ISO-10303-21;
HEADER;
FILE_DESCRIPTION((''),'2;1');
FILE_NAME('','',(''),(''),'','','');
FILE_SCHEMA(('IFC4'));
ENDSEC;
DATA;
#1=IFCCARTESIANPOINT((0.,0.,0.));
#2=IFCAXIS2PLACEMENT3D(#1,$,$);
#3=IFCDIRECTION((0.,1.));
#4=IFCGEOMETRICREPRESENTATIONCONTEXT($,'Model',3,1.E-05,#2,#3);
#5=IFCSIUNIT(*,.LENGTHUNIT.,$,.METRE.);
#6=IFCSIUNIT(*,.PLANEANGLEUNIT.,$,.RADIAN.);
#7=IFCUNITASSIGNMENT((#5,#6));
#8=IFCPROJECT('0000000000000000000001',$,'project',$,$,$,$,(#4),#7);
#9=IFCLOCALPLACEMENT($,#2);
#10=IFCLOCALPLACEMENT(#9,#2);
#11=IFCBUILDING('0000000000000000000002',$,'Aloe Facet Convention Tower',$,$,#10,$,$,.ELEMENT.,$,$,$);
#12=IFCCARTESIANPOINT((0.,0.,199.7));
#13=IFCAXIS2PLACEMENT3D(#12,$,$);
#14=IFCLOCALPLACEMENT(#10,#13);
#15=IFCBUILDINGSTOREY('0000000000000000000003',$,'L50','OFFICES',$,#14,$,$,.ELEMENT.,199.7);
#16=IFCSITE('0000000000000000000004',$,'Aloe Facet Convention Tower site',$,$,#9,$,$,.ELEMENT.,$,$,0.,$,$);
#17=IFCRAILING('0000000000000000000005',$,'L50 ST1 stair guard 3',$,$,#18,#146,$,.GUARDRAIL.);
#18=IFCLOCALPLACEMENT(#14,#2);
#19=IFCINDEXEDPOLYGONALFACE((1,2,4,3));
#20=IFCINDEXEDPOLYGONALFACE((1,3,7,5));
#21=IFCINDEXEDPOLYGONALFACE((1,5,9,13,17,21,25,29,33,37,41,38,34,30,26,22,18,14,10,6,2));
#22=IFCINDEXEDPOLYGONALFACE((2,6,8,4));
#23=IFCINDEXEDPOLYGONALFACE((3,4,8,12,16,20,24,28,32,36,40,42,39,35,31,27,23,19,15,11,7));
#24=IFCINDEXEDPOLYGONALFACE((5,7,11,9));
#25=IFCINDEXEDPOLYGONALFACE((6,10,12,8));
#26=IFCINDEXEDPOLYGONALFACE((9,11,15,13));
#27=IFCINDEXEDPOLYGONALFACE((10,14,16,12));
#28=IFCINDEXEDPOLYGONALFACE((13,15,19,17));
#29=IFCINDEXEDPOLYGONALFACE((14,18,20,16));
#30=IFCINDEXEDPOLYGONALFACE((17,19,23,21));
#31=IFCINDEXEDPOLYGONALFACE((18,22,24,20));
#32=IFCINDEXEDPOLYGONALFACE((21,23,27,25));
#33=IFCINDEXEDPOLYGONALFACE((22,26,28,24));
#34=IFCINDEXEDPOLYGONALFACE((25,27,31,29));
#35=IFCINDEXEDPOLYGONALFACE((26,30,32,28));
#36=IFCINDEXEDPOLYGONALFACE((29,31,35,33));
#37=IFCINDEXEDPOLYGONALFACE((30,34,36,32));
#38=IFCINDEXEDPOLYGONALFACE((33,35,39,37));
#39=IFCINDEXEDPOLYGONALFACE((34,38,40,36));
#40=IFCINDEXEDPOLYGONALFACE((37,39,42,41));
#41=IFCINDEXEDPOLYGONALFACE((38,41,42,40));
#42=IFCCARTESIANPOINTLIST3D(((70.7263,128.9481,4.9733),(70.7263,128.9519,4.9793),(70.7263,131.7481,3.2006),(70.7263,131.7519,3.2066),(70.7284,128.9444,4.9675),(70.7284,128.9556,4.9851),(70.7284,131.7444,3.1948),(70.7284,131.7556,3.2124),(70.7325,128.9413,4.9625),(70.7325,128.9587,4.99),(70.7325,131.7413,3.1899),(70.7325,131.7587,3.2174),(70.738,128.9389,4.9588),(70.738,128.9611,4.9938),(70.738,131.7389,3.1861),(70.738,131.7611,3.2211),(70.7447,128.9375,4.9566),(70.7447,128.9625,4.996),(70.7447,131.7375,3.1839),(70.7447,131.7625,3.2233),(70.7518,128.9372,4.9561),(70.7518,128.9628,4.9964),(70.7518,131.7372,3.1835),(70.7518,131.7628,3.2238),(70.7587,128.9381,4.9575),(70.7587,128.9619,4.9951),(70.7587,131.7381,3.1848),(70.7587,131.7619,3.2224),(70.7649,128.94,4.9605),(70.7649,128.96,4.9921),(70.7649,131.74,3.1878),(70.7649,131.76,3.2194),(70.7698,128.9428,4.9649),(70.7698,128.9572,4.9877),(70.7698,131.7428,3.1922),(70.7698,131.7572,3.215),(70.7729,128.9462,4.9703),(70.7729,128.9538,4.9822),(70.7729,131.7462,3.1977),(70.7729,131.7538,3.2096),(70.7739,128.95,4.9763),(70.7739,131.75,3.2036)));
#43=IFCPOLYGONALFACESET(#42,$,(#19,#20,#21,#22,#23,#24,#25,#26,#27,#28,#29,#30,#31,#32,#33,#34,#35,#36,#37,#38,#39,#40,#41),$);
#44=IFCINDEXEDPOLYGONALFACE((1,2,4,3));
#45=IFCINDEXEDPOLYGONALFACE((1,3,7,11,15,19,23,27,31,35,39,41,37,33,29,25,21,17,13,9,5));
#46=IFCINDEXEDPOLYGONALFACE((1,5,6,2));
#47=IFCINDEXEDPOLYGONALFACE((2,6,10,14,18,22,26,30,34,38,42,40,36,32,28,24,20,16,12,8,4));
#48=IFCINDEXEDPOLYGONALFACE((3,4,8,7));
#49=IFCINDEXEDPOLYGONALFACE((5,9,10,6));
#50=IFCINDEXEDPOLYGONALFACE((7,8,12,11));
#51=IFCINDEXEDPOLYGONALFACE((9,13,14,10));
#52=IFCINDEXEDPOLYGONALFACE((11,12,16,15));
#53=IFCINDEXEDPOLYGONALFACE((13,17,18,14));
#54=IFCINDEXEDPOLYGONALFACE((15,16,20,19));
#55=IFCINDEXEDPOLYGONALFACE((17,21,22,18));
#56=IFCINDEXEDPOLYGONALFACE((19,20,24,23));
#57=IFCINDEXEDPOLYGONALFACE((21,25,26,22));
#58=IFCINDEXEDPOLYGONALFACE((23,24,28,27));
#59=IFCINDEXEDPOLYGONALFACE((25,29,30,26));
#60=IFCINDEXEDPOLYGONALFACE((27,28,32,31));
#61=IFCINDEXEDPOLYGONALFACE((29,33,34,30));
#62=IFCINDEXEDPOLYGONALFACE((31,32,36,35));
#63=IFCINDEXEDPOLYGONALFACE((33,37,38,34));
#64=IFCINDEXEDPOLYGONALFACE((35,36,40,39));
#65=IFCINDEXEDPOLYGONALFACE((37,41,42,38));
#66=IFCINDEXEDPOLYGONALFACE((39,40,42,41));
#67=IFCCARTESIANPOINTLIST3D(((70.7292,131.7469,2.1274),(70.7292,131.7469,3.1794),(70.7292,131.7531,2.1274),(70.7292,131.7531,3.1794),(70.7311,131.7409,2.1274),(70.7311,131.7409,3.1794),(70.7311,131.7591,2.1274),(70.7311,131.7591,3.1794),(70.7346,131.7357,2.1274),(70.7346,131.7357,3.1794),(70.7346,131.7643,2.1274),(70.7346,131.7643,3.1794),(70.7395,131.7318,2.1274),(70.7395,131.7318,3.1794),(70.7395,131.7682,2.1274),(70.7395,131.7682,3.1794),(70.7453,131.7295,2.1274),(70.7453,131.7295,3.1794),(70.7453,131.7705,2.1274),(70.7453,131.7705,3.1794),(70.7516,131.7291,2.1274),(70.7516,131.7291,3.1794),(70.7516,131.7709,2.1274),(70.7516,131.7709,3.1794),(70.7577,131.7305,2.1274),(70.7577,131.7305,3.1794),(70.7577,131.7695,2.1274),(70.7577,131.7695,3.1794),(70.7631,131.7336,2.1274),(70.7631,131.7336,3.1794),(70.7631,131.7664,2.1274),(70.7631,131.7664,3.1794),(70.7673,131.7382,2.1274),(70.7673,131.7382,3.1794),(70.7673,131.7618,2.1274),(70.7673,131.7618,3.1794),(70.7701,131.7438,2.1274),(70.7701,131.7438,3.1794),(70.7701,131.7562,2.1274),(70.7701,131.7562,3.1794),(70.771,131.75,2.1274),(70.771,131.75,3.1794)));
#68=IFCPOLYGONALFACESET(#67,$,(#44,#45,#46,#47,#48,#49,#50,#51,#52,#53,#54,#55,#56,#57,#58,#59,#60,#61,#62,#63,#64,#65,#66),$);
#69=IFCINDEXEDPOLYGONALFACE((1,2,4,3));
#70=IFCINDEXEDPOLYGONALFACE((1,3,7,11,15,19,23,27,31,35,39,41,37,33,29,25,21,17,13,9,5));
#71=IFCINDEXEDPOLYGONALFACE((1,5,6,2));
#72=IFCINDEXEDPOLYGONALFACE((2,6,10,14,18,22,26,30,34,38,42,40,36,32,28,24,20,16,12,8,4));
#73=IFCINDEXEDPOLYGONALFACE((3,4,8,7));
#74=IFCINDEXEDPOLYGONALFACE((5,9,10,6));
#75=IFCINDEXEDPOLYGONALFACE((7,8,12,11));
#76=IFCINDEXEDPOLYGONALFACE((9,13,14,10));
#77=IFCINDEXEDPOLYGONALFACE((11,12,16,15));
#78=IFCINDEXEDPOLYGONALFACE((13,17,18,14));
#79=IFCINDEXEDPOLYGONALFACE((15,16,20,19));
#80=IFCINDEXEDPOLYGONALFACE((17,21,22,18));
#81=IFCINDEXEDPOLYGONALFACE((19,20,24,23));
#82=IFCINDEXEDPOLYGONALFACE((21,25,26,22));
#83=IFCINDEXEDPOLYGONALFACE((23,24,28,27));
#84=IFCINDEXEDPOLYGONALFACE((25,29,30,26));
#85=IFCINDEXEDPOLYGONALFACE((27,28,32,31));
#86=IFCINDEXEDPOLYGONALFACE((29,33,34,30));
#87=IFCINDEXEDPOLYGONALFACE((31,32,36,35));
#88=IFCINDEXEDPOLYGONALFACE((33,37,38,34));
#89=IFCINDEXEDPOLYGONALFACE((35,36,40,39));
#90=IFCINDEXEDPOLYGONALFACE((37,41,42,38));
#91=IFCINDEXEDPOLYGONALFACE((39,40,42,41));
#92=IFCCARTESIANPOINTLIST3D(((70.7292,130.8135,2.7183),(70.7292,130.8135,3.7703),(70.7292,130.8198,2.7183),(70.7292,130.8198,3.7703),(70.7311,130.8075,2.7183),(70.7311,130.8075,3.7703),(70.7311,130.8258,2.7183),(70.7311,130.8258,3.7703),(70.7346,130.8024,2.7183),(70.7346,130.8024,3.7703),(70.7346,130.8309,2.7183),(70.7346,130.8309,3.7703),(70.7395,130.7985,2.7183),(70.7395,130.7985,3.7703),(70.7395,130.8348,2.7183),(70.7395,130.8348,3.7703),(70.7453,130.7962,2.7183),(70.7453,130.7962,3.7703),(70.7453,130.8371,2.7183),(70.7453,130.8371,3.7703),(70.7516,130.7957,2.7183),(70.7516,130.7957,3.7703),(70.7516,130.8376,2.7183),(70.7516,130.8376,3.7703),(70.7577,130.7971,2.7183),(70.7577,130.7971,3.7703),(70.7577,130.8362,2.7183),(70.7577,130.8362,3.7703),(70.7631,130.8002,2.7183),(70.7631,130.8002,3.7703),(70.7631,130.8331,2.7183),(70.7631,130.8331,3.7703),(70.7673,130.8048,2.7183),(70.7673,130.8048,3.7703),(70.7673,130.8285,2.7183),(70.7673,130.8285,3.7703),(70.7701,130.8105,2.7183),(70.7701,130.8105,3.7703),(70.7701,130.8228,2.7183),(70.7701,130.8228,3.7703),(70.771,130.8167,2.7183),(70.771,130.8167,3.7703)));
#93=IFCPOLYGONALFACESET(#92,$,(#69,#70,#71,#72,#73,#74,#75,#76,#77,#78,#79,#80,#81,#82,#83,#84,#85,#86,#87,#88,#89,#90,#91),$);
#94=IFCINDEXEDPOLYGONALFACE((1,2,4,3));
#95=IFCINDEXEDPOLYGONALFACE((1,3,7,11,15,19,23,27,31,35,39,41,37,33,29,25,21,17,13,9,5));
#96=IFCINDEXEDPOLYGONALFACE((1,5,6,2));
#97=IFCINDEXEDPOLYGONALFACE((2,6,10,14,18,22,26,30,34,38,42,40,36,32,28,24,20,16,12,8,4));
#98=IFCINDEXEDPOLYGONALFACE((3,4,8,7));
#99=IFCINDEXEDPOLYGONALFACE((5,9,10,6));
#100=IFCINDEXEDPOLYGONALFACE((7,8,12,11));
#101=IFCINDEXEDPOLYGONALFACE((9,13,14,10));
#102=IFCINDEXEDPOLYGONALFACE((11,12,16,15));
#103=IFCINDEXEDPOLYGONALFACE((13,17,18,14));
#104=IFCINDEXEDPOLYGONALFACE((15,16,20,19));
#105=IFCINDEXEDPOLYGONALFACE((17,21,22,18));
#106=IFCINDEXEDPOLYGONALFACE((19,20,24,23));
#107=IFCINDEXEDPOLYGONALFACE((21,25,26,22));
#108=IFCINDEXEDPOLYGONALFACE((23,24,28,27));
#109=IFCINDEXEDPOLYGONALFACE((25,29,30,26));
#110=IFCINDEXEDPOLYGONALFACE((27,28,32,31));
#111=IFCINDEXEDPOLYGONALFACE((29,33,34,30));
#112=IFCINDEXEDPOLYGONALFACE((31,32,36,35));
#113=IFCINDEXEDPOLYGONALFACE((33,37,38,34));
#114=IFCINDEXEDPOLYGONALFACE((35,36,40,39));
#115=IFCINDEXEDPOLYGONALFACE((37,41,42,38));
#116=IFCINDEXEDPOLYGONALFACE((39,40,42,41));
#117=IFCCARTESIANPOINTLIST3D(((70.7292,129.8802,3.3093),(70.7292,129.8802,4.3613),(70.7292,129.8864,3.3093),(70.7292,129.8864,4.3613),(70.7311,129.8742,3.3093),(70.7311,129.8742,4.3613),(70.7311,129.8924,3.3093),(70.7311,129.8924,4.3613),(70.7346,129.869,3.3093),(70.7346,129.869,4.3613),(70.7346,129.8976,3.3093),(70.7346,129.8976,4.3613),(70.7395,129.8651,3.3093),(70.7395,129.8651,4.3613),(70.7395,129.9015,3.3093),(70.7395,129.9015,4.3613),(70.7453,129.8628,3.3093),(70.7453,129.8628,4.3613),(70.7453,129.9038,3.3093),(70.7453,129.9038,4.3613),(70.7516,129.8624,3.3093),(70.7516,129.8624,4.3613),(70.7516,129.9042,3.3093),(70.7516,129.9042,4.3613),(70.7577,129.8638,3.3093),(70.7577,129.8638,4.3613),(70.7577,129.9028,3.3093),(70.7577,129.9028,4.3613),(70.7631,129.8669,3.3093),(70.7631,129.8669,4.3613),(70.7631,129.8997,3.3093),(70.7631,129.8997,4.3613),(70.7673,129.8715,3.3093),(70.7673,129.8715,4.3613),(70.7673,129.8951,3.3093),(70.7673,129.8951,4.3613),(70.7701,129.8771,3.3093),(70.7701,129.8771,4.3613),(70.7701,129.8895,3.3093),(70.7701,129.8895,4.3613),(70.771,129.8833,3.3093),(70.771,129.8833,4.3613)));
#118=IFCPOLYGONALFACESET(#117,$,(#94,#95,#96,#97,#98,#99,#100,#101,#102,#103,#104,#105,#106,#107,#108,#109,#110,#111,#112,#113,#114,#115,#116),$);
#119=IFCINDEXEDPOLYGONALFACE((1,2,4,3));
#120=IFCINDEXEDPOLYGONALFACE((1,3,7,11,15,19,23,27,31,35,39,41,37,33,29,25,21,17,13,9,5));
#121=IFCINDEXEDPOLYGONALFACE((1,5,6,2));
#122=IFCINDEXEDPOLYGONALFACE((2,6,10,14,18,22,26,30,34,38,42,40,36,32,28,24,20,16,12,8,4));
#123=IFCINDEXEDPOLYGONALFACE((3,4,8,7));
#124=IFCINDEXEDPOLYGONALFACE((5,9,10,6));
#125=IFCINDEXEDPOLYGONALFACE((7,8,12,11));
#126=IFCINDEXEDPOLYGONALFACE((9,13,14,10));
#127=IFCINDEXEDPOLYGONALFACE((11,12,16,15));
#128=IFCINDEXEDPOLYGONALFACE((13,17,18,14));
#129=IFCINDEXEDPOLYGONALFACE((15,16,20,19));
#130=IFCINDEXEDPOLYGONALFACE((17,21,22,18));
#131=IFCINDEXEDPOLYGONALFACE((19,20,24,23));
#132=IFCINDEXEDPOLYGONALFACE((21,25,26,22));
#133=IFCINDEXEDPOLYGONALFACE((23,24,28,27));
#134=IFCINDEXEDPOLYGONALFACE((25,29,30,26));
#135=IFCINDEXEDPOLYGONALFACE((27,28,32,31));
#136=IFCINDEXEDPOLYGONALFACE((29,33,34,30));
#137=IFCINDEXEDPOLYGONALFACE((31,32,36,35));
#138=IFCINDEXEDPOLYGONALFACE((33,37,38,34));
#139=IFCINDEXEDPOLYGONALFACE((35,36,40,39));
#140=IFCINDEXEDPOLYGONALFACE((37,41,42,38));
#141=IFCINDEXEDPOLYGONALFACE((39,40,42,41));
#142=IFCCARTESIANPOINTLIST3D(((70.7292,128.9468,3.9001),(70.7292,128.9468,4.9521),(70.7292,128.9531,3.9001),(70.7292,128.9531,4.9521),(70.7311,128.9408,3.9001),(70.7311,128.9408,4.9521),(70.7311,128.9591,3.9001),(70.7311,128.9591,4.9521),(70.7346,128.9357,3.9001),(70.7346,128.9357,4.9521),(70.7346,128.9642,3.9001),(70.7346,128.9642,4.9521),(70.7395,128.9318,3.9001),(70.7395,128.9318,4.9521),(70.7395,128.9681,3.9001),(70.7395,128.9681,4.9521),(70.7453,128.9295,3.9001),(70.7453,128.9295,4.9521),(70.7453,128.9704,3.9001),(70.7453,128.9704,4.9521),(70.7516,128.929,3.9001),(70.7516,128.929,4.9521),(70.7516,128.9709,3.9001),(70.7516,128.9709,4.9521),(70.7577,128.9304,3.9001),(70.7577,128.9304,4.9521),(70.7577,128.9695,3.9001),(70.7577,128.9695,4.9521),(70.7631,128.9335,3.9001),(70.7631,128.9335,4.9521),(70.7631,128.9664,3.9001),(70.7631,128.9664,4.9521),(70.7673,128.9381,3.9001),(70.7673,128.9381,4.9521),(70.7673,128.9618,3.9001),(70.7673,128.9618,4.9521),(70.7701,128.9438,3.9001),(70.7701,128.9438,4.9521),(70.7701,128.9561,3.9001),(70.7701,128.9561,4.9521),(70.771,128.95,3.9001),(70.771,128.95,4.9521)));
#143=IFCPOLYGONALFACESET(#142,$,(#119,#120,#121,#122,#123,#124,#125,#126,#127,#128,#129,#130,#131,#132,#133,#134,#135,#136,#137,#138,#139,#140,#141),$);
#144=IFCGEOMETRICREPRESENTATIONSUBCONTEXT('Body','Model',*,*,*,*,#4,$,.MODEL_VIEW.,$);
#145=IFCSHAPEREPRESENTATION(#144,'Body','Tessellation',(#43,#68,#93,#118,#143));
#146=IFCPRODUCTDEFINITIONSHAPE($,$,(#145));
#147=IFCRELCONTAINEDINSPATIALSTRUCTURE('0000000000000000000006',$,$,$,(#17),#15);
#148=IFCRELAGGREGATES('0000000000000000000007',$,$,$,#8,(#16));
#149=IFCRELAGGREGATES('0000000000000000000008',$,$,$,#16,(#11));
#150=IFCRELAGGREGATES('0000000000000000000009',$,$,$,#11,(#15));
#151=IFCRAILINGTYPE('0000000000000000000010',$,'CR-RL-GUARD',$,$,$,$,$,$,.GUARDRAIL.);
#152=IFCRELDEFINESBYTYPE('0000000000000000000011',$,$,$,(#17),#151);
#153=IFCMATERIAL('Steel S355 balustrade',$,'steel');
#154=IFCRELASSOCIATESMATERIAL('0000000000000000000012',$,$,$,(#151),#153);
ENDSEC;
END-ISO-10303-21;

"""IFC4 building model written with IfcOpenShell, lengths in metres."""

from ifc_helpers import new_model, si_unit, direction, frame, origin, origin_2d, place, context, subcontext, project, spatial, circle, extrude, material, type_object, element, save


model = new_model("IFC4")

# Units and contexts
model_context = context("Model", 3, precision=1e-05, world=origin(), true_north=direction((0.0, 1.0)))
body_context = subcontext(model_context, "Body", "Model", "MODEL_VIEW")
ifc_project = project(units=[si_unit("LENGTHUNIT", "METRE"), si_unit("PLANEANGLEUNIT", "RADIAN")], contexts=[model_context])

# Site, building, storey
site_placement = place(None, origin())
site = spatial("IfcSite", under=ifc_project, at=site_placement, Name="Aloe Facet Convention Tower site", CompositionType="ELEMENT", RefElevation=0.0)
building_placement = place(site_placement, origin())
building = spatial("IfcBuilding", under=site, at=building_placement, Name="Aloe Facet Convention Tower", CompositionType="ELEMENT")
storey_placement = place(building_placement, frame((0.0, 0.0, 199.7)))
storey = spatial("IfcBuildingStorey", under=building, at=storey_placement, Name="L50", Description="OFFICES", CompositionType="ELEMENT", Elevation=199.7)

# Railing
ifc_material_1 = material(Name="Steel S355 balustrade", Category="steel")
railing_type_1 = type_object("IfcRailingType", Name="CR-RL-GUARD", PredefinedType="GUARDRAIL", material=ifc_material_1)
railing_1_placement = place(storey_placement, frame((70.75, 131.75, 2.1274)))
element("IfcRailing", 1, at=railing_1_placement, inside=storey, type_object=railing_type_1, Name="L50 ST1 stair guard 3", PredefinedType="GUARDRAIL", context=body_context, shape_type="SweptSolid", body=[
    extrude(circle(Radius=0.0239, at=origin_2d()), frame((0.0, 0.0, 1.0762), z_axis=(0.0, -0.844909, 0.53491), x_axis=(1.0, 0.0, 0.0)), (0.0, 0.0, 1.0), 3.314),
    extrude(circle(Radius=0.021, at=origin_2d()), origin(), (0.0, 0.0, 1.0), 1.052),
    extrude(circle(Radius=0.021, at=origin_2d()), frame((0.0, -0.9333, 0.5908)), (0.0, 0.0, 1.0), 1.052),
    extrude(circle(Radius=0.021, at=origin_2d()), frame((0.0, -1.8667, 1.1819)), (0.0, 0.0, 1.0), 1.052),
    extrude(circle(Radius=0.021, at=origin_2d()), frame((0.0, -2.8, 1.7727)), (0.0, 0.0, 1.0), 1.052),
])

save(model, "model.ifc")
